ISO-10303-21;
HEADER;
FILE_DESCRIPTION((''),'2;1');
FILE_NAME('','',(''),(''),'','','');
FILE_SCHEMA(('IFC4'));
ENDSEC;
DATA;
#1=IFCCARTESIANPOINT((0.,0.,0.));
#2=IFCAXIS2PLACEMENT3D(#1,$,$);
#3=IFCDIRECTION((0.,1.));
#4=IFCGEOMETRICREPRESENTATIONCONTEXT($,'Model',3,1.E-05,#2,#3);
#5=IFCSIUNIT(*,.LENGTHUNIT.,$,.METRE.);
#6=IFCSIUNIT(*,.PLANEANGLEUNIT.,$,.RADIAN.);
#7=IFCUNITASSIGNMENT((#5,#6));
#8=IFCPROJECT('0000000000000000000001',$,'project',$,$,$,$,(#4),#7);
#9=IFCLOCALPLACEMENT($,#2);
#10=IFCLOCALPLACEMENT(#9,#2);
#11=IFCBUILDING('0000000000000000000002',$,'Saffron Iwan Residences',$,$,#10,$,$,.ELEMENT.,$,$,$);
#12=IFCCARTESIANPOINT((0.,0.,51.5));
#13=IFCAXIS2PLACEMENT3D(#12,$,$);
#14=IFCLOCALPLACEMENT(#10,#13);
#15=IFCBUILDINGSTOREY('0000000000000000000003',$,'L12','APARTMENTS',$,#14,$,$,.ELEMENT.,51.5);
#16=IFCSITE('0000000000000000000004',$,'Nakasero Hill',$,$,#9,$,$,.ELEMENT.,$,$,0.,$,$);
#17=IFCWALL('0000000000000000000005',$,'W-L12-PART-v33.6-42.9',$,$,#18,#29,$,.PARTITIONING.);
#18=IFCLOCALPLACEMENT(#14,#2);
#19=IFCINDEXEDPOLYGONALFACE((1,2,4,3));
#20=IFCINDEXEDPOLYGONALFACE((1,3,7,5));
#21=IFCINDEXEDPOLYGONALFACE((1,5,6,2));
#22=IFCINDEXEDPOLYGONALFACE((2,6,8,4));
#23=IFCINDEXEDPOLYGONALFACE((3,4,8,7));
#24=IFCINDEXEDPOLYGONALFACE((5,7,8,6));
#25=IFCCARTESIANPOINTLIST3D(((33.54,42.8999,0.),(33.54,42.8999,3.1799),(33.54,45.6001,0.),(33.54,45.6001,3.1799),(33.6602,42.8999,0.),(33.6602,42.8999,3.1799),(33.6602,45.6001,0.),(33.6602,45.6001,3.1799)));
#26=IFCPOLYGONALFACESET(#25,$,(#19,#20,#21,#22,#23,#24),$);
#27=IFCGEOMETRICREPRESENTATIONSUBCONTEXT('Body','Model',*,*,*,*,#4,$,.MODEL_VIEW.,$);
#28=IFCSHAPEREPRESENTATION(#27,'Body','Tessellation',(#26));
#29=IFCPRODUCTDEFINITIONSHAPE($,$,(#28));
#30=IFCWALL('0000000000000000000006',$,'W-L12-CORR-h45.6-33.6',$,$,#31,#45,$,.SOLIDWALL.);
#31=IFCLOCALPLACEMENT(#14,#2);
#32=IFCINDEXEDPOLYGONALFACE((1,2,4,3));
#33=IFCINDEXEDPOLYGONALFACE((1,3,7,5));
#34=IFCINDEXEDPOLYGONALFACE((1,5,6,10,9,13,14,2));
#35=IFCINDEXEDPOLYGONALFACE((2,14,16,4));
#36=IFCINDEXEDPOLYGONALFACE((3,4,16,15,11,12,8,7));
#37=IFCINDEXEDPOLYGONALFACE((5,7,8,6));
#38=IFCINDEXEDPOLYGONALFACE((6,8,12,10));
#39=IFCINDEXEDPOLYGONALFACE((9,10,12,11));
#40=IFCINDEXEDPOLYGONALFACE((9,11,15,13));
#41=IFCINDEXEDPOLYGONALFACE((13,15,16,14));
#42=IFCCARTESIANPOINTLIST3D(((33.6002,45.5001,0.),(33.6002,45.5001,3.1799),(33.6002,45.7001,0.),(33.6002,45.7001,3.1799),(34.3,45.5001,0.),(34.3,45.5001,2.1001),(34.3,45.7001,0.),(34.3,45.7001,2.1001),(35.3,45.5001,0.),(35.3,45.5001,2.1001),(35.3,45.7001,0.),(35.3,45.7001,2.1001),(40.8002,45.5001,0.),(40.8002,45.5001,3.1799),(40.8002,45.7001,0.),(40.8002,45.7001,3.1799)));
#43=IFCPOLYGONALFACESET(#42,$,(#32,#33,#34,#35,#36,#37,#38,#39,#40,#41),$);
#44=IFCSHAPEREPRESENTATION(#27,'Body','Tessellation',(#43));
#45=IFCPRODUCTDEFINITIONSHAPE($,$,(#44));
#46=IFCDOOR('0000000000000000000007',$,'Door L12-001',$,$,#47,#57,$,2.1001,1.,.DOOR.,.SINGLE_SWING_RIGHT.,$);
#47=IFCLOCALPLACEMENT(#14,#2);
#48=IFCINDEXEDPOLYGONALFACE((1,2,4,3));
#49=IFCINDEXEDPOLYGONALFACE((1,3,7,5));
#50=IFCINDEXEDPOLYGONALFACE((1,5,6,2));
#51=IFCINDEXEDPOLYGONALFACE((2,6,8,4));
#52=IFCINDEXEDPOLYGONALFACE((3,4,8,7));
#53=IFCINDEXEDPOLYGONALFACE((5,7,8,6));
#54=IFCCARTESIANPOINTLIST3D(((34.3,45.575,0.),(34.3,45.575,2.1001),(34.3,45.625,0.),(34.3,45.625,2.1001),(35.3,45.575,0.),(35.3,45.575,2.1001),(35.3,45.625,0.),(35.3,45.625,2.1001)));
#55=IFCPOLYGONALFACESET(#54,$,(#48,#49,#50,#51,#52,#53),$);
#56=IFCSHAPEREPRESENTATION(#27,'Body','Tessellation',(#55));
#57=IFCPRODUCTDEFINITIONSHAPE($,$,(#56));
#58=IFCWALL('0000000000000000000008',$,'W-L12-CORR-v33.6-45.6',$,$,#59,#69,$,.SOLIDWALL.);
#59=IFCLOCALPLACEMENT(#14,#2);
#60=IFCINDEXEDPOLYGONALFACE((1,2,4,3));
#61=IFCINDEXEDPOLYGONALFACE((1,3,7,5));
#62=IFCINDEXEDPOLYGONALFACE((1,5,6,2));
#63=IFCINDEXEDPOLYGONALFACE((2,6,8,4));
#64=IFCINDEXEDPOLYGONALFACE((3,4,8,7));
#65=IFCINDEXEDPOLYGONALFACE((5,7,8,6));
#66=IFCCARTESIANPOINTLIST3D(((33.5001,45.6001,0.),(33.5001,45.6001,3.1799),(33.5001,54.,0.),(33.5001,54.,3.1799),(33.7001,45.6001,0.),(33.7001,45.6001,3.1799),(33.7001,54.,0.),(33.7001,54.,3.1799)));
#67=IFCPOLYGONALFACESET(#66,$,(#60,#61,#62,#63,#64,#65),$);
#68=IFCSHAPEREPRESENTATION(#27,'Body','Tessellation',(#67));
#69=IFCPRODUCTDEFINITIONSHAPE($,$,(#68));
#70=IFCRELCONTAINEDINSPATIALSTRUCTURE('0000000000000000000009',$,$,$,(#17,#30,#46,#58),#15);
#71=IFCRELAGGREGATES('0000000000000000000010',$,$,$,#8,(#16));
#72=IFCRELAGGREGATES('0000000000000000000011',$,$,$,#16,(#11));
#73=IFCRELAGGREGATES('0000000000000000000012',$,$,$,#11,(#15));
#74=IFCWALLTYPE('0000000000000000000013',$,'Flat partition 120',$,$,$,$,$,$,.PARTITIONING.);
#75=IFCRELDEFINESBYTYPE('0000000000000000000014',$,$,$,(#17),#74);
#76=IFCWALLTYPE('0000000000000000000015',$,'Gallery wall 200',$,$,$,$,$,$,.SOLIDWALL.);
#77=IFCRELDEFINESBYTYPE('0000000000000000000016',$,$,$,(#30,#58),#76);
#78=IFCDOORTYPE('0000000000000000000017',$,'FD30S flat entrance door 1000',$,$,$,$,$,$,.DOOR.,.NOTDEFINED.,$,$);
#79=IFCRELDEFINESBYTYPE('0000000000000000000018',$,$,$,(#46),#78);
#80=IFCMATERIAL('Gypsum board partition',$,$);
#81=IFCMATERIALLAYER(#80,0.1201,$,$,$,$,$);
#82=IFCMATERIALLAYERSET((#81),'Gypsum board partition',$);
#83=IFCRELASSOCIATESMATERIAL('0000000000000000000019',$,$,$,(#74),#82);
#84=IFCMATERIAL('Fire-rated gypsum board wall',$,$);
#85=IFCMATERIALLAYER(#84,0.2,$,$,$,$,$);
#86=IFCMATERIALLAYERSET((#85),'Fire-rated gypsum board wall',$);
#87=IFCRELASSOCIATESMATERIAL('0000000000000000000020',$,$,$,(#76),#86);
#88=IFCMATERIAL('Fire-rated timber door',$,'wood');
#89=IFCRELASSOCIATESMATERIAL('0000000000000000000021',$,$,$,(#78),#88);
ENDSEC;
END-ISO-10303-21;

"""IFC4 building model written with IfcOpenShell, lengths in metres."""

from ifc_helpers import new_model, si_unit, direction, frame, frame_2d, origin, place, context, subcontext, project, spatial, rectangle, extrude, material, layer, layer_set, type_object, element, fill, save


model = new_model("IFC4")

# Units and contexts
model_context = context("Model", 3, precision=1e-05, world=origin(), true_north=direction((0.0, 1.0)))
body_context = subcontext(model_context, "Body", "Model", "MODEL_VIEW")
ifc_project = project(units=[si_unit("LENGTHUNIT", "METRE"), si_unit("PLANEANGLEUNIT", "RADIAN")], contexts=[model_context])

# Site, building, storey
site_placement = place(None, origin())
site = spatial("IfcSite", under=ifc_project, at=site_placement, Name="Nakasero Hill", CompositionType="ELEMENT", RefElevation=0.0)
building_placement = place(site_placement, origin())
building = spatial("IfcBuilding", under=site, at=building_placement, Name="Saffron Iwan Residences", CompositionType="ELEMENT")
storey_placement = place(building_placement, frame((0.0, 0.0, 51.5)))
storey = spatial("IfcBuildingStorey", under=building, at=storey_placement, Name="L12", Description="APARTMENTS", CompositionType="ELEMENT", Elevation=51.5)

# Shared definitions
ifc_material_1 = material(Name="Gypsum board partition")
ifc_layer_1 = layer(ifc_material_1, 0.1201)
ifc_layer_set_1 = layer_set([ifc_layer_1], Name="Gypsum board partition")
wall_type_1 = type_object("IfcWallType", Name="Flat partition 120", PredefinedType="PARTITIONING", material=ifc_layer_set_1)

# Wall
wall_1_placement = place(storey_placement, frame((33.6001, 42.8999, 0.0), z_axis=(0.0, 0.0, 1.0), x_axis=(0.0, 1.0, 0.0)))
element("IfcWall", 1, at=wall_1_placement, inside=storey, type_object=wall_type_1, Name="W-L12-PART-v33.6-42.9", PredefinedType="PARTITIONING", context=body_context, shape_type="SweptSolid", body=[
    extrude(rectangle(XDim=2.7002, YDim=0.1201, at=frame_2d((1.3501, 0.0))), origin(), (0.0, 0.0, 1.0), 3.1799),
])

# Wall, opening, door
ifc_material_2 = material(Name="Fire-rated gypsum board wall")
ifc_layer_2 = layer(ifc_material_2, 0.2)
ifc_layer_set_2 = layer_set([ifc_layer_2], Name="Fire-rated gypsum board wall")
wall_type_2 = type_object("IfcWallType", Name="Gallery wall 200", PredefinedType="SOLIDWALL", material=ifc_layer_set_2)
wall_2_placement = place(storey_placement, frame((33.6001, 45.6001, 0.0), z_axis=(0.0, 0.0, 1.0), x_axis=(1.0, 0.0, 0.0)))
wall_2 = element("IfcWall", 2, at=wall_2_placement, inside=storey, type_object=wall_type_2, Name="W-L12-CORR-h45.6-33.6", PredefinedType="SOLIDWALL", context=body_context, shape_type="SweptSolid", body=[
    extrude(rectangle(XDim=7.2, YDim=0.2, at=frame_2d((3.6001, 0.0))), origin(), (0.0, 0.0, 1.0), 3.1799),
])
opening_1_placement = place(wall_2_placement, frame((0.7, 0.0, 0.0)))
opening_1 = element("IfcOpeningElement", 3, at=opening_1_placement, cuts=wall_2, PredefinedType="OPENING", context=body_context, shape_type="SweptSolid", body=[
    extrude(rectangle(XDim=1.0, YDim=2.1001, at=frame_2d((0.5, 1.05))), frame((0.0, 0.1099, 0.0), z_axis=(0.0, -1.0, 0.0), x_axis=(1.0, 0.0, 0.0)), (0.0, 0.0, 1.0), 0.22),
])
ifc_material_3 = material(Name="Fire-rated timber door", Category="wood")
door_type_1 = type_object("IfcDoorType", Name="FD30S flat entrance door 1000", OperationType="NOTDEFINED", PredefinedType="DOOR", material=ifc_material_3)
door_1_placement = place(opening_1_placement, origin())
door_1 = element("IfcDoor", 4, at=door_1_placement, inside=storey, type_object=door_type_1, Name="Door L12-001", OperationType="SINGLE_SWING_RIGHT", OverallHeight=2.1001, OverallWidth=1.0, PredefinedType="DOOR", context=body_context, shape_type="SweptSolid", body=[
    extrude(rectangle(XDim=1.0, YDim=2.1001, at=frame_2d((0.5, 1.05))), frame((0.0, 0.0249, 0.0), z_axis=(0.0, -1.0, 0.0), x_axis=(1.0, 0.0, 0.0)), (0.0, 0.0, 1.0), 0.05),
])
fill(opening_1, door_1)

# Wall
wall_3_placement = place(storey_placement, frame((33.6001, 45.6001, 0.0), z_axis=(0.0, 0.0, 1.0), x_axis=(0.0, 1.0, 0.0)))
element("IfcWall", 5, at=wall_3_placement, inside=storey, type_object=wall_type_2, Name="W-L12-CORR-v33.6-45.6", PredefinedType="SOLIDWALL", context=body_context, shape_type="SweptSolid", body=[
    extrude(rectangle(XDim=8.3999, YDim=0.2, at=frame_2d((4.2, 0.0))), origin(), (0.0, 0.0, 1.0), 3.1799),
])

save(model, "model.ifc")
